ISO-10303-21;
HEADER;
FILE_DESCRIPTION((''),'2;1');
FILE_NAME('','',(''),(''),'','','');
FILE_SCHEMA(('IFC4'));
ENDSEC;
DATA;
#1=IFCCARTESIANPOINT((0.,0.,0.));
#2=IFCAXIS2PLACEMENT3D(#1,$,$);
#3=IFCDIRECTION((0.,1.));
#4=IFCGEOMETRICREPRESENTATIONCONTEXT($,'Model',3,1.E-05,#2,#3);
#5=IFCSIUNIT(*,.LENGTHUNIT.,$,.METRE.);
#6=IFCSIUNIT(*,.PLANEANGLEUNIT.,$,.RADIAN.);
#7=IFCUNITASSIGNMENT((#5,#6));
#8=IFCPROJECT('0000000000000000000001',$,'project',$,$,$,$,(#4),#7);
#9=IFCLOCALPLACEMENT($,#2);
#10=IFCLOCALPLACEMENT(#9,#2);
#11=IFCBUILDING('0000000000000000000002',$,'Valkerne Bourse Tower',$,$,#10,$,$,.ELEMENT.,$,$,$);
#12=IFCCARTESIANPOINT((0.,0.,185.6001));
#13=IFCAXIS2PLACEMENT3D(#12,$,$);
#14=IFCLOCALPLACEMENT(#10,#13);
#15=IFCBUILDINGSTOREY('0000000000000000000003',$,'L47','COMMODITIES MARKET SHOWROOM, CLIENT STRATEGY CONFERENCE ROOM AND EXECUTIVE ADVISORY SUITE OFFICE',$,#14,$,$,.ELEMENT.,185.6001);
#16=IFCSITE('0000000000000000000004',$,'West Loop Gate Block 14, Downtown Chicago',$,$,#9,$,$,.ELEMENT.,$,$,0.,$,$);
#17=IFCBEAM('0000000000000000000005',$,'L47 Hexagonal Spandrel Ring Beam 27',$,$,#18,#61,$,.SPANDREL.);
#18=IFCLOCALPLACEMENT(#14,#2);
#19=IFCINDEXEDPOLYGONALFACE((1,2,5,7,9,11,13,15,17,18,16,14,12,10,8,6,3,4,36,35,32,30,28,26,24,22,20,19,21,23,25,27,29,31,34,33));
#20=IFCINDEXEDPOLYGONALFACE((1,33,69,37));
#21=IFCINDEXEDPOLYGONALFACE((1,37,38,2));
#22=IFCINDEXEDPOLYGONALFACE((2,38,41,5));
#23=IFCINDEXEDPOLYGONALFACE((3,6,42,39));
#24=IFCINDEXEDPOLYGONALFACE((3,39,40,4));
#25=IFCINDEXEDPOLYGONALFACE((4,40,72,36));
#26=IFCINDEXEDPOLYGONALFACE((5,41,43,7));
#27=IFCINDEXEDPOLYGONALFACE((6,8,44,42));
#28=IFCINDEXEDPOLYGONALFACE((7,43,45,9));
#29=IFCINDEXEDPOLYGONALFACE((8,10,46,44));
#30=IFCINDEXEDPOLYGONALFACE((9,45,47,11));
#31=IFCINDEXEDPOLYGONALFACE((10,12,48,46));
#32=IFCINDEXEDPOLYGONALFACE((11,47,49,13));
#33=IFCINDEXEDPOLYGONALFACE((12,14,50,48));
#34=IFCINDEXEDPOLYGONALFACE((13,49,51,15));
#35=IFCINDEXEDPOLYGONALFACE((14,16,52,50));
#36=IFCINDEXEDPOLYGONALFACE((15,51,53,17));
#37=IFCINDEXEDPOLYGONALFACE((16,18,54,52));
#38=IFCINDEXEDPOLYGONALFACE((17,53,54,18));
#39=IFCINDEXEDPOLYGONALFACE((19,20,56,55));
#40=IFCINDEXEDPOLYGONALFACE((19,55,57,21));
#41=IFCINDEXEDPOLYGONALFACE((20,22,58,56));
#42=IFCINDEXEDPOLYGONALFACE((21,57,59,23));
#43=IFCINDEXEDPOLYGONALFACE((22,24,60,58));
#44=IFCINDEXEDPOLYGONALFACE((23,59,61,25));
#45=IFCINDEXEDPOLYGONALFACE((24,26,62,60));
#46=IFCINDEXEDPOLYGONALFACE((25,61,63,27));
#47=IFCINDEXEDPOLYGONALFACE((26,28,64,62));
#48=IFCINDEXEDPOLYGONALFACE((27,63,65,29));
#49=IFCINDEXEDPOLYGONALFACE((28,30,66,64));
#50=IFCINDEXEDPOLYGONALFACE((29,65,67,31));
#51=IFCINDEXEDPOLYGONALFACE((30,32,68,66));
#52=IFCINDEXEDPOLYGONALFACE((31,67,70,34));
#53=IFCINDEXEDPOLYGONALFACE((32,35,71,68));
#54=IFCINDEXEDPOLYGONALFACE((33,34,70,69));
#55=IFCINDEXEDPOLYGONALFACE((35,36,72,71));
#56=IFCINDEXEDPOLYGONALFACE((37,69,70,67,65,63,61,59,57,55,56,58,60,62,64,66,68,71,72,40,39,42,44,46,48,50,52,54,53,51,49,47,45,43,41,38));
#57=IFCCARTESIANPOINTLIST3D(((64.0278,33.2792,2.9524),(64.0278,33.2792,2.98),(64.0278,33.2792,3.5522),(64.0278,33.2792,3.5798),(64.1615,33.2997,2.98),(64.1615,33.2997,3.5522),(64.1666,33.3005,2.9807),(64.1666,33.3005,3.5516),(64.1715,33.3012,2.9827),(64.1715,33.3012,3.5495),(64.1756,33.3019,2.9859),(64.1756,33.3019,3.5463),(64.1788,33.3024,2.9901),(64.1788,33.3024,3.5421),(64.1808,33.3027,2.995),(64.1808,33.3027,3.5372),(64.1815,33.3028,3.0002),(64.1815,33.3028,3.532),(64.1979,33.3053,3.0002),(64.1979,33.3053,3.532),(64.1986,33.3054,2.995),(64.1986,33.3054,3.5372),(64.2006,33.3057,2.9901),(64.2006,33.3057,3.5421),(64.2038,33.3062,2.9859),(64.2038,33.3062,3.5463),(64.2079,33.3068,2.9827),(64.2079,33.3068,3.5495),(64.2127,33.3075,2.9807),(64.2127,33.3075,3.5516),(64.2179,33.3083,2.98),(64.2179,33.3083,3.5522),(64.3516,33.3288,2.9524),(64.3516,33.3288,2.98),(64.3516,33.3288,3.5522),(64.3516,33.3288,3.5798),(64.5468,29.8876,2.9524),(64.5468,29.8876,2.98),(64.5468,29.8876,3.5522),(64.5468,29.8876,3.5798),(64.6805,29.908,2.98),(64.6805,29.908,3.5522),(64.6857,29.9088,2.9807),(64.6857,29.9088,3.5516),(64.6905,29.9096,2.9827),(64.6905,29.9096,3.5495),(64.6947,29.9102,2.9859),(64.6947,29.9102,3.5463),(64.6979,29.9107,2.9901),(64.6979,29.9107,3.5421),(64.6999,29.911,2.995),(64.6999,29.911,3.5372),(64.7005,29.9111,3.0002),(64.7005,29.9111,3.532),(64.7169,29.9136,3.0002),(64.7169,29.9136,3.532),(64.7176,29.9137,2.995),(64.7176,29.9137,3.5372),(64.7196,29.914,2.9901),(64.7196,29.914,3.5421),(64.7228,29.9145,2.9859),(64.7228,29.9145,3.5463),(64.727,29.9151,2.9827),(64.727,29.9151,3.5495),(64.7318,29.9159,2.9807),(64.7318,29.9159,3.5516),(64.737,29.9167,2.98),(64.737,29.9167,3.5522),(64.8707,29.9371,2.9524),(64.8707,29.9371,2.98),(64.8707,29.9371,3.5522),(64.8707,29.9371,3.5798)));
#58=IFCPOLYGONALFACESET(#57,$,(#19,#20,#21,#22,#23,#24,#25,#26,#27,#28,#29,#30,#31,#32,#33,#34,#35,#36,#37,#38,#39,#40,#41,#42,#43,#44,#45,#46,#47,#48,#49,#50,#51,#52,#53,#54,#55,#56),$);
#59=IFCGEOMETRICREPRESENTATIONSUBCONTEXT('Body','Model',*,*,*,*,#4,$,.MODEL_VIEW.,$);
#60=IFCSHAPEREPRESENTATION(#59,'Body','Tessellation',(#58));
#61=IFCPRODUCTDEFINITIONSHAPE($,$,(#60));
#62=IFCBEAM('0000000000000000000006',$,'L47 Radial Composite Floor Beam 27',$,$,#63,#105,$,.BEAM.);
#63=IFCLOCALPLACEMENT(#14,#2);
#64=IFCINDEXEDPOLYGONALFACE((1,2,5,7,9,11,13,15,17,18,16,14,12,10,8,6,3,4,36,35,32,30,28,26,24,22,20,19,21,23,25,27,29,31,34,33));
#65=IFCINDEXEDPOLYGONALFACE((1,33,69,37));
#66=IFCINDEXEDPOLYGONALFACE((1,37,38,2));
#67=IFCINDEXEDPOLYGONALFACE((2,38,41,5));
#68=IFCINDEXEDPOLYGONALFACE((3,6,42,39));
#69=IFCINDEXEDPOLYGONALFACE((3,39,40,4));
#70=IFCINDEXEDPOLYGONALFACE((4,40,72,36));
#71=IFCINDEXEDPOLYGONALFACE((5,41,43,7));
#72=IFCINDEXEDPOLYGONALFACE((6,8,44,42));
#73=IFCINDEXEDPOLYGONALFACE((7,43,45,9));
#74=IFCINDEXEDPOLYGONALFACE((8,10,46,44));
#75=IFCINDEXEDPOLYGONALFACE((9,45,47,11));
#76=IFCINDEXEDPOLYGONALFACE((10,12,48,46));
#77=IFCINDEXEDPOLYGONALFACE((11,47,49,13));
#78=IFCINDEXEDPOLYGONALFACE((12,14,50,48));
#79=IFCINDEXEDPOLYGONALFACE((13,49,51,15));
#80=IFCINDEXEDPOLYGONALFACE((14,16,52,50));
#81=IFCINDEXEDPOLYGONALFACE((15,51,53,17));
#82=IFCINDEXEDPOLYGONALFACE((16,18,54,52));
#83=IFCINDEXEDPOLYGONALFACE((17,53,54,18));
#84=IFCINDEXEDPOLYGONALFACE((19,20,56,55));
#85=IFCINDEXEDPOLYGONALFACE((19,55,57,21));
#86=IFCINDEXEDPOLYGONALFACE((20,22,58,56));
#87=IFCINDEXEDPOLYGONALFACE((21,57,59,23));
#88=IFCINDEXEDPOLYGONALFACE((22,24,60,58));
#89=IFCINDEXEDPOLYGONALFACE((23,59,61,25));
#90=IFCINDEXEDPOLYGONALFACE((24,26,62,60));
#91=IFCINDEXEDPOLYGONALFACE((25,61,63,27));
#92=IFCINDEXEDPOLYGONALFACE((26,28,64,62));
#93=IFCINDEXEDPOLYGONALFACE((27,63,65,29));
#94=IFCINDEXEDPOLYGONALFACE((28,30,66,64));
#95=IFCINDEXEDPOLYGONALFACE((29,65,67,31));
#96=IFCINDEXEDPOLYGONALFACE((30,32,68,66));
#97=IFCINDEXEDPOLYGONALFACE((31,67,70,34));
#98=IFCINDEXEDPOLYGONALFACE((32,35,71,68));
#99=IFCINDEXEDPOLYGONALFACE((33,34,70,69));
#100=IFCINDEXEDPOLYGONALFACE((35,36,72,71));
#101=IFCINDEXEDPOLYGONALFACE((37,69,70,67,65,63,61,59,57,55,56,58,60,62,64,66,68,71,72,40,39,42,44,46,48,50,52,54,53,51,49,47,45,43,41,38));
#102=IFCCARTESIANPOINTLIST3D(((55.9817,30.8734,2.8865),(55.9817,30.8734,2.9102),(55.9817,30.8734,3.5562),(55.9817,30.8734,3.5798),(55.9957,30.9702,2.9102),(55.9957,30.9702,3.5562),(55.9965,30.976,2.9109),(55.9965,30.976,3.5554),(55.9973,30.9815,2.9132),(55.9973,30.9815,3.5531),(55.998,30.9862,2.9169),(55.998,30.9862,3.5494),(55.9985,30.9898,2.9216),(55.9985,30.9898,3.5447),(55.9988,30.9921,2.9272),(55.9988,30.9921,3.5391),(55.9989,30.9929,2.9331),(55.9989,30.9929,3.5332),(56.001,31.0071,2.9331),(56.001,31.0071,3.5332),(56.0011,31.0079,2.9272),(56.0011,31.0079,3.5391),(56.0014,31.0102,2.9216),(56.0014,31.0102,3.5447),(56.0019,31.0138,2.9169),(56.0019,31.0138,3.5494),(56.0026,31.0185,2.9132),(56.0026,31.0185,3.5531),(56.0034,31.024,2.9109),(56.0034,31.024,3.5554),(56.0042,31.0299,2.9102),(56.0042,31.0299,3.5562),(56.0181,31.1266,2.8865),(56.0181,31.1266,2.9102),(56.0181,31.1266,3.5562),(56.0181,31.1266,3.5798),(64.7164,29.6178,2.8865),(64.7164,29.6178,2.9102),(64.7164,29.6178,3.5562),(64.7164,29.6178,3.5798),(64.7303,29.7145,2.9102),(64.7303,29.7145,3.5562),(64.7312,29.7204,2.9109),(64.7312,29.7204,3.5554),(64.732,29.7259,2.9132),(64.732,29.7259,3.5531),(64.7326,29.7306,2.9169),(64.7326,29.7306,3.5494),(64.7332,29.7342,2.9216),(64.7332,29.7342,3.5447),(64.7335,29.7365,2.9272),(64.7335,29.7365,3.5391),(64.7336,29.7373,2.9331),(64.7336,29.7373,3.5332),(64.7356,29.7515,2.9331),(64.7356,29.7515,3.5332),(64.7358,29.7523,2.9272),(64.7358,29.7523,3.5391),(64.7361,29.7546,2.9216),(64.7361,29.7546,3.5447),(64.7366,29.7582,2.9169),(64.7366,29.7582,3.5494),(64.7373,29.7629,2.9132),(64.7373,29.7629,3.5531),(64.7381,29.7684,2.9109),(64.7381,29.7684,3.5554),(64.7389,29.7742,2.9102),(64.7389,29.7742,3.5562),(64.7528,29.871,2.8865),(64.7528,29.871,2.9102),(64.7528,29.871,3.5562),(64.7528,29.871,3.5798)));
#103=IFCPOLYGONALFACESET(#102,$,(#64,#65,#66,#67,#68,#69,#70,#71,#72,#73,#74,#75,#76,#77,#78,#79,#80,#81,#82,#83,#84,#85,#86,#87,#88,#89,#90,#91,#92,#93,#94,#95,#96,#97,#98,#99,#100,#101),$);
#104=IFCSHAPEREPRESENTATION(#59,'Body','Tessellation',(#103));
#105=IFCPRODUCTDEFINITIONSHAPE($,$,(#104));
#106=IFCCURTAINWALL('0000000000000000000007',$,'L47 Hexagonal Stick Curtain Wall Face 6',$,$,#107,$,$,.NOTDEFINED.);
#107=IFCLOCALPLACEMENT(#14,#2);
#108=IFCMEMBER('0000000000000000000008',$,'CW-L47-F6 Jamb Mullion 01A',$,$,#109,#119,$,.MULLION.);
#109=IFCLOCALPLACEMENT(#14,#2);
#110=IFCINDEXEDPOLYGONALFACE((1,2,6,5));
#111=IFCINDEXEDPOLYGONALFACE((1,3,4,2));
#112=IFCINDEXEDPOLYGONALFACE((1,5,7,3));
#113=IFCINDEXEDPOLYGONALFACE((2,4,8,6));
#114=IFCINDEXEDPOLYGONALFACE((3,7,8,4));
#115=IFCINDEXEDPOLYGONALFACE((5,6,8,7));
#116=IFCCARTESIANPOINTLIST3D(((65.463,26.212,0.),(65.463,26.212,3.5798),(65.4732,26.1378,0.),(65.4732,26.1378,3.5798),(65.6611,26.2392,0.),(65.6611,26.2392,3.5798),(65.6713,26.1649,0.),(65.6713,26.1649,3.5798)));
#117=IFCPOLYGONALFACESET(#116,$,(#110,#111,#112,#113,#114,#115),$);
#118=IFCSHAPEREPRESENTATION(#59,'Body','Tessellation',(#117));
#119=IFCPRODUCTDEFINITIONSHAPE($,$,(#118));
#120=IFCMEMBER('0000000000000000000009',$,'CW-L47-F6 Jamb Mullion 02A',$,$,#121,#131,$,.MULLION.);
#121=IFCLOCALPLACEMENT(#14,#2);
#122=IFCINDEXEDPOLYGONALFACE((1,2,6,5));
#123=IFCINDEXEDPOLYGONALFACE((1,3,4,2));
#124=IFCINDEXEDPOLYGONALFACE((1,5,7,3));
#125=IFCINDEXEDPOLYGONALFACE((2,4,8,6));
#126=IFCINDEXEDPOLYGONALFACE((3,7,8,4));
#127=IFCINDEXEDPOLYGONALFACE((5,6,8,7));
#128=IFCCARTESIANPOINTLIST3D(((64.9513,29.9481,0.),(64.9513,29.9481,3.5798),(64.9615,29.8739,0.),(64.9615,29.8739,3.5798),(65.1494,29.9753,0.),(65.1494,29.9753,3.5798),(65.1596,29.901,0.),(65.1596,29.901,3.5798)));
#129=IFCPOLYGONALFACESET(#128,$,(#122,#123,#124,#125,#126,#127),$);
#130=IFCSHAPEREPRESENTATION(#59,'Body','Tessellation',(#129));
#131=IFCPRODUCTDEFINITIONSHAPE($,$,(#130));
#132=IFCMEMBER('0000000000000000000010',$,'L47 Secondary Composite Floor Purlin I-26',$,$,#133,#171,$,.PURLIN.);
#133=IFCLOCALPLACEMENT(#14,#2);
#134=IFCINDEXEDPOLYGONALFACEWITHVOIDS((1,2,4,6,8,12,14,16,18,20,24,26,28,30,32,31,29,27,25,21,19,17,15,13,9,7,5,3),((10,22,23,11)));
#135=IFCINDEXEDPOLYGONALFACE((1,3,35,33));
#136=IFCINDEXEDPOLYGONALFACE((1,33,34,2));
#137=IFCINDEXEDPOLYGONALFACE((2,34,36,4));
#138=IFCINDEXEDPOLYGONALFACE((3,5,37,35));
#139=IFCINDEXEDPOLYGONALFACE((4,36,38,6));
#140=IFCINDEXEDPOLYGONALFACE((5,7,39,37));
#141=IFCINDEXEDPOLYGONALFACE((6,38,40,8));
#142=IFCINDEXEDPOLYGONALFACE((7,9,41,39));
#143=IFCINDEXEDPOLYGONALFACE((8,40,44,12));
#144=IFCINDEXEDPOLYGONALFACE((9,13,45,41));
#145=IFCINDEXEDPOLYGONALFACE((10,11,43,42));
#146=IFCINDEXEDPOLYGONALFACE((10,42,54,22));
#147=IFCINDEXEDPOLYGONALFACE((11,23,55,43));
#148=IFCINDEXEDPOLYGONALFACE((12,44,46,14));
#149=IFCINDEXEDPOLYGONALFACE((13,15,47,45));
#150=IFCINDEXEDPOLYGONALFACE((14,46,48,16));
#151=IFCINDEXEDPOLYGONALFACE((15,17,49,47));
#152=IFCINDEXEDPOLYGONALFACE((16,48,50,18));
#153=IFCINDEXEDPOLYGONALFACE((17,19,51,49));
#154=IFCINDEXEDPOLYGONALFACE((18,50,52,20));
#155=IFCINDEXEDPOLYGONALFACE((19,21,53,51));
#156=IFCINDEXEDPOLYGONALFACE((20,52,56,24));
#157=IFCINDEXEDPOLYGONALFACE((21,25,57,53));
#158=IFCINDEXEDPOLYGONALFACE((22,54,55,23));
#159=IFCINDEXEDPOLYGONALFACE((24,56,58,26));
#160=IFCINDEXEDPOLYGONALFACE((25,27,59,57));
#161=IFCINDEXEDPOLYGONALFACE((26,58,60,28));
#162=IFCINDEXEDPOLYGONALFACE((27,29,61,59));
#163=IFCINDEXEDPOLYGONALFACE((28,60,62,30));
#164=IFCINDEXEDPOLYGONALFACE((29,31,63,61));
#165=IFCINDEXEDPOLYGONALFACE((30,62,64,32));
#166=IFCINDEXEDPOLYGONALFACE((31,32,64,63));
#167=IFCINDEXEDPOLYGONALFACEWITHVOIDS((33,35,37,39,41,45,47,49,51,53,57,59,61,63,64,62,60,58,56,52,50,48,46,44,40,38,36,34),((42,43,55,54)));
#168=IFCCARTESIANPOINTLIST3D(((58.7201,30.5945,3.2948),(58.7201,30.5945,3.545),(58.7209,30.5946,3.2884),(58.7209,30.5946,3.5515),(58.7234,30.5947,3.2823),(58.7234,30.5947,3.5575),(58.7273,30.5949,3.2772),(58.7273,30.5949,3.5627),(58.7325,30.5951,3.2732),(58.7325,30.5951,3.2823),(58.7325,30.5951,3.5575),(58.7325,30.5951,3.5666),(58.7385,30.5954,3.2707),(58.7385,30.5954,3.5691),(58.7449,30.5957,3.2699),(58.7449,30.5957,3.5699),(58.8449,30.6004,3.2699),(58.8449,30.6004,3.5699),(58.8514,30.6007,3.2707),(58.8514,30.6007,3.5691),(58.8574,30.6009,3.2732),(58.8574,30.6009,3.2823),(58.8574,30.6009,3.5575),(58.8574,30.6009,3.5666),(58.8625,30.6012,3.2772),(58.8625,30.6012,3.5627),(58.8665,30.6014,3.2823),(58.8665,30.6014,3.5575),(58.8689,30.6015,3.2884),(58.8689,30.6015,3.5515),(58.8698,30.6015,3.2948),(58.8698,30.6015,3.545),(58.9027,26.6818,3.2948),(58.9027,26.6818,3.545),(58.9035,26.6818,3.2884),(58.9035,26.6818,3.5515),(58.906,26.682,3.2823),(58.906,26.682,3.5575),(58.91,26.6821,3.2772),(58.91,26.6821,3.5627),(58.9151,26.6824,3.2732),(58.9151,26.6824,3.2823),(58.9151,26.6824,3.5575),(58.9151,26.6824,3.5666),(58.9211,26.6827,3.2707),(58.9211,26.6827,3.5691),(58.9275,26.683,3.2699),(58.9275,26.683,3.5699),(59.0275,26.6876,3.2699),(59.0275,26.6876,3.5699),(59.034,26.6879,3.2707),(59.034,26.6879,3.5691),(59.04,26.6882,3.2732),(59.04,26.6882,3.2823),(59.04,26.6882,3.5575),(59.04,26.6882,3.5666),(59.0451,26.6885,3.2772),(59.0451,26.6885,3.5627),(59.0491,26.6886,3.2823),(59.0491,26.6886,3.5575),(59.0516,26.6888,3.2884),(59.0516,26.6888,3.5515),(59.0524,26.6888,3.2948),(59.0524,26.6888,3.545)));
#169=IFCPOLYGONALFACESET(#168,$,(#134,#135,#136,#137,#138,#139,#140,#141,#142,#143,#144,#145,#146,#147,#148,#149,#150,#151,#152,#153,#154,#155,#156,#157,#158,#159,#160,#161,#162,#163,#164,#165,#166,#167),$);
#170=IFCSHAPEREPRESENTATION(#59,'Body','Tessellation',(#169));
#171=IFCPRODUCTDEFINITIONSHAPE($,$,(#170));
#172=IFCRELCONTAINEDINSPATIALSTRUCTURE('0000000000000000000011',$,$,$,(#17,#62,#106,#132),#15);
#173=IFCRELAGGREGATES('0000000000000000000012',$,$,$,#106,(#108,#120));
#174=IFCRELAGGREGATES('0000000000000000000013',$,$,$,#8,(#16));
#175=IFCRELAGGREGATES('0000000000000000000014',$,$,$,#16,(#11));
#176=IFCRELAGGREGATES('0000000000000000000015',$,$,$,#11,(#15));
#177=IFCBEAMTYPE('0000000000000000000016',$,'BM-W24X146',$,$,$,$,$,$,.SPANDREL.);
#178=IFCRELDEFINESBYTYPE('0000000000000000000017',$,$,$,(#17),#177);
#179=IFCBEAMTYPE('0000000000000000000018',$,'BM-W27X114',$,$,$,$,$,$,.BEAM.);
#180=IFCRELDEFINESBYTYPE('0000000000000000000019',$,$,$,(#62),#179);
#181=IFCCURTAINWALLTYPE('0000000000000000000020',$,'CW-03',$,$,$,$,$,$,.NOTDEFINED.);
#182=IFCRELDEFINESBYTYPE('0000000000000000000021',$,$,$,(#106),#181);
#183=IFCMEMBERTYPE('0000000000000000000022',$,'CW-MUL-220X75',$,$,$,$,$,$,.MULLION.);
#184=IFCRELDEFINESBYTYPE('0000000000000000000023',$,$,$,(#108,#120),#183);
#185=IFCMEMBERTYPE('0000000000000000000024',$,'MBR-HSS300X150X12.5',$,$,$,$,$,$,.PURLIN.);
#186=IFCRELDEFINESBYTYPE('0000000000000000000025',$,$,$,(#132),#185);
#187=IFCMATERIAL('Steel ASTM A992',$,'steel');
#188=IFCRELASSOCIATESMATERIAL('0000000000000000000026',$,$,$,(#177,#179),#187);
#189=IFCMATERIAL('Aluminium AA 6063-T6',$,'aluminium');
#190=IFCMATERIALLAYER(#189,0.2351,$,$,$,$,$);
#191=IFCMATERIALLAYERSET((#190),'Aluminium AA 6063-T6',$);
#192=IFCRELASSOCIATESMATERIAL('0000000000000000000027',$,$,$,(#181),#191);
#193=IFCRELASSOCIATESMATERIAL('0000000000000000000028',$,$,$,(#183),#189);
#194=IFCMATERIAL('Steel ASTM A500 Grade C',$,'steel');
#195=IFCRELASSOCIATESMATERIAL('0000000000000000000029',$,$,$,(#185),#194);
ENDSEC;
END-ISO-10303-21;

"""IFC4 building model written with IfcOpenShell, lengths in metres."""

from ifc_helpers import new_model, si_unit, direction, frame, origin, origin_2d, place, context, subcontext, project, spatial, rectangle, hollow_rectangle, i_section, extrude, material, layer, layer_set, material_profile, profile_set, type_object, element, aggregate, save


model = new_model("IFC4")

# Units and contexts
model_context = context("Model", 3, precision=1e-05, world=origin(), true_north=direction((0.0, 1.0)))
body_context = subcontext(model_context, "Body", "Model", "MODEL_VIEW")
ifc_project = project(units=[si_unit("LENGTHUNIT", "METRE"), si_unit("PLANEANGLEUNIT", "RADIAN")], contexts=[model_context])

# Site, building, storey
site_placement = place(None, origin())
site = spatial("IfcSite", under=ifc_project, at=site_placement, Name="West Loop Gate Block 14, Downtown Chicago", CompositionType="ELEMENT", RefElevation=0.0)
building_placement = place(site_placement, origin())
building = spatial("IfcBuilding", under=site, at=building_placement, Name="Valkerne Bourse Tower", CompositionType="ELEMENT")
storey_placement = place(building_placement, frame((0.0, 0.0, 185.6001)))
storey = spatial("IfcBuildingStorey", under=building, at=storey_placement, Name="L47", Description="COMMODITIES MARKET SHOWROOM, CLIENT STRATEGY CONFERENCE ROOM AND EXECUTIVE ADVISORY SUITE OFFICE", CompositionType="ELEMENT", Elevation=185.6001)

# Beams
ifc_material_1 = material(Name="Steel ASTM A992", Category="steel")
ifc_material_profile_1 = material_profile(ifc_material_1, i_section(OverallWidth=0.3276, OverallDepth=0.6274, WebThickness=0.0166, FlangeThickness=0.0276, FilletRadius=0.0203, at=origin_2d()), Name="W24X146")
ifc_profile_set_1 = profile_set([ifc_material_profile_1], Name="Steel ASTM A992")
beam_type_1 = type_object("IfcBeamType", Name="BM-W24X146", PredefinedType="SPANDREL", material=ifc_profile_set_1)
for number, where, z_axis, x_axis, name in (
    (1, (64.7087, 29.9124, 3.2661), (-0.151276, 0.988491, 0.0), (-0.988491, -0.151276, 0.0), "L47 Hexagonal Spandrel Ring Beam 27"),
):
    element("IfcBeam", number, at=place(storey_placement, frame(where, z_axis=z_axis, x_axis=x_axis)), inside=storey, type_object=beam_type_1, Name=name, PredefinedType="SPANDREL", context=body_context, shape_type="SweptSolid", body=[
        extrude(i_section(OverallWidth=0.3276, OverallDepth=0.6274, WebThickness=0.0166, FlangeThickness=0.0276, FilletRadius=0.0203, at=origin_2d()), origin(), (0.0, 0.0, 1.0), 3.4312),
    ])
ifc_material_profile_2 = material_profile(ifc_material_1, i_section(OverallWidth=0.2559, OverallDepth=0.6934, WebThickness=0.0144, FlangeThickness=0.0237, FilletRadius=0.0229, at=origin_2d()), Name="W27X114")
ifc_profile_set_2 = profile_set([ifc_material_profile_2], Name="Steel ASTM A992")
beam_type_2 = type_object("IfcBeamType", Name="BM-W27X114", PredefinedType="BEAM", material=ifc_profile_set_2)
beam_placement = place(storey_placement, frame((64.7346, 29.7444, 3.2332), z_axis=(-0.989825, 0.142289, 0.0), x_axis=(-0.142289, -0.989825, 0.0)))
element("IfcBeam", 2, at=beam_placement, inside=storey, type_object=beam_type_2, Name="L47 Radial Composite Floor Beam 27", PredefinedType="BEAM", context=body_context, shape_type="SweptSolid", body=[
    extrude(i_section(OverallWidth=0.2559, OverallDepth=0.6934, WebThickness=0.0144, FlangeThickness=0.0237, FilletRadius=0.0229, at=origin_2d()), origin(), (0.0, 0.0, 1.0), 8.8245),
])

# Curtain wall, members
ifc_material_2 = material(Name="Aluminium AA 6063-T6", Category="aluminium")
ifc_layer_1 = layer(ifc_material_2, 0.2351)
ifc_layer_set_1 = layer_set([ifc_layer_1], Name="Aluminium AA 6063-T6")
curtain_wall_type = type_object("IfcCurtainWallType", Name="CW-03", PredefinedType="NOTDEFINED", material=ifc_layer_set_1)
curtain_wall_placement = place(storey_placement, origin())
curtain_wall = element("IfcCurtainWall", 3, at=curtain_wall_placement, inside=storey, type_object=curtain_wall_type, Name="L47 Hexagonal Stick Curtain Wall Face 6", PredefinedType="NOTDEFINED")
ifc_material_profile_3 = material_profile(ifc_material_2, rectangle(XDim=0.075, YDim=0.2, at=origin_2d()), Name="CWM-75X200")
ifc_profile_set_3 = profile_set([ifc_material_profile_3], Name="Aluminium AA 6063-T6")
member_type_1 = type_object("IfcMemberType", Name="CW-MUL-220X75", PredefinedType="MULLION", material=ifc_profile_set_3)
member_1_placement = place(storey_placement, frame((65.5671, 26.1885, 0.0), z_axis=(0.0, 0.0, 1.0), x_axis=(-0.13572, 0.990747, 0.0)))
member_1 = element("IfcMember", 4, at=member_1_placement, type_object=member_type_1, Name="CW-L47-F6 Jamb Mullion 01A", PredefinedType="MULLION", context=body_context, shape_type="SweptSolid", body=[
    extrude(rectangle(XDim=0.075, YDim=0.2, at=origin_2d()), origin(), (0.0, 0.0, 1.0), 3.5798),
])
member_2_placement = place(storey_placement, frame((65.0554, 29.9246, 0.0), z_axis=(0.0, 0.0, 1.0), x_axis=(-0.13572, 0.990747, 0.0)))
member_2 = element("IfcMember", 5, at=member_2_placement, type_object=member_type_1, Name="CW-L47-F6 Jamb Mullion 02A", PredefinedType="MULLION", context=body_context, shape_type="SweptSolid", body=[
    extrude(rectangle(XDim=0.075, YDim=0.2, at=origin_2d()), origin(), (0.0, 0.0, 1.0), 3.5798),
])

# Member
ifc_material_3 = material(Name="Steel ASTM A500 Grade C", Category="steel")
ifc_material_profile_4 = material_profile(ifc_material_3, hollow_rectangle(XDim=0.1499, YDim=0.3, WallThickness=0.0125, OuterFilletRadius=0.0249, at=origin_2d()), Name="HSS300X150X12.5")
ifc_profile_set_4 = profile_set([ifc_material_profile_4], Name="Steel ASTM A500 Grade C")
member_type_2 = type_object("IfcMemberType", Name="MBR-HSS300X150X12.5", PredefinedType="PURLIN", material=ifc_profile_set_4)
member_3_placement = place(storey_placement, frame((58.9775, 26.6853, 3.4199), z_axis=(-0.04662, 0.998913, 0.0), x_axis=(-0.998913, -0.04662, 0.0)))
element("IfcMember", 6, at=member_3_placement, inside=storey, type_object=member_type_2, Name="L47 Secondary Composite Floor Purlin I-26", PredefinedType="PURLIN", context=body_context, shape_type="SweptSolid", body=[
    extrude(hollow_rectangle(XDim=0.1499, YDim=0.3, WallThickness=0.0125, OuterFilletRadius=0.0249, at=origin_2d()), origin(), (0.0, 0.0, 1.0), 3.917),
])

aggregate(curtain_wall, [member_1, member_2])

save(model, "model.ifc")
